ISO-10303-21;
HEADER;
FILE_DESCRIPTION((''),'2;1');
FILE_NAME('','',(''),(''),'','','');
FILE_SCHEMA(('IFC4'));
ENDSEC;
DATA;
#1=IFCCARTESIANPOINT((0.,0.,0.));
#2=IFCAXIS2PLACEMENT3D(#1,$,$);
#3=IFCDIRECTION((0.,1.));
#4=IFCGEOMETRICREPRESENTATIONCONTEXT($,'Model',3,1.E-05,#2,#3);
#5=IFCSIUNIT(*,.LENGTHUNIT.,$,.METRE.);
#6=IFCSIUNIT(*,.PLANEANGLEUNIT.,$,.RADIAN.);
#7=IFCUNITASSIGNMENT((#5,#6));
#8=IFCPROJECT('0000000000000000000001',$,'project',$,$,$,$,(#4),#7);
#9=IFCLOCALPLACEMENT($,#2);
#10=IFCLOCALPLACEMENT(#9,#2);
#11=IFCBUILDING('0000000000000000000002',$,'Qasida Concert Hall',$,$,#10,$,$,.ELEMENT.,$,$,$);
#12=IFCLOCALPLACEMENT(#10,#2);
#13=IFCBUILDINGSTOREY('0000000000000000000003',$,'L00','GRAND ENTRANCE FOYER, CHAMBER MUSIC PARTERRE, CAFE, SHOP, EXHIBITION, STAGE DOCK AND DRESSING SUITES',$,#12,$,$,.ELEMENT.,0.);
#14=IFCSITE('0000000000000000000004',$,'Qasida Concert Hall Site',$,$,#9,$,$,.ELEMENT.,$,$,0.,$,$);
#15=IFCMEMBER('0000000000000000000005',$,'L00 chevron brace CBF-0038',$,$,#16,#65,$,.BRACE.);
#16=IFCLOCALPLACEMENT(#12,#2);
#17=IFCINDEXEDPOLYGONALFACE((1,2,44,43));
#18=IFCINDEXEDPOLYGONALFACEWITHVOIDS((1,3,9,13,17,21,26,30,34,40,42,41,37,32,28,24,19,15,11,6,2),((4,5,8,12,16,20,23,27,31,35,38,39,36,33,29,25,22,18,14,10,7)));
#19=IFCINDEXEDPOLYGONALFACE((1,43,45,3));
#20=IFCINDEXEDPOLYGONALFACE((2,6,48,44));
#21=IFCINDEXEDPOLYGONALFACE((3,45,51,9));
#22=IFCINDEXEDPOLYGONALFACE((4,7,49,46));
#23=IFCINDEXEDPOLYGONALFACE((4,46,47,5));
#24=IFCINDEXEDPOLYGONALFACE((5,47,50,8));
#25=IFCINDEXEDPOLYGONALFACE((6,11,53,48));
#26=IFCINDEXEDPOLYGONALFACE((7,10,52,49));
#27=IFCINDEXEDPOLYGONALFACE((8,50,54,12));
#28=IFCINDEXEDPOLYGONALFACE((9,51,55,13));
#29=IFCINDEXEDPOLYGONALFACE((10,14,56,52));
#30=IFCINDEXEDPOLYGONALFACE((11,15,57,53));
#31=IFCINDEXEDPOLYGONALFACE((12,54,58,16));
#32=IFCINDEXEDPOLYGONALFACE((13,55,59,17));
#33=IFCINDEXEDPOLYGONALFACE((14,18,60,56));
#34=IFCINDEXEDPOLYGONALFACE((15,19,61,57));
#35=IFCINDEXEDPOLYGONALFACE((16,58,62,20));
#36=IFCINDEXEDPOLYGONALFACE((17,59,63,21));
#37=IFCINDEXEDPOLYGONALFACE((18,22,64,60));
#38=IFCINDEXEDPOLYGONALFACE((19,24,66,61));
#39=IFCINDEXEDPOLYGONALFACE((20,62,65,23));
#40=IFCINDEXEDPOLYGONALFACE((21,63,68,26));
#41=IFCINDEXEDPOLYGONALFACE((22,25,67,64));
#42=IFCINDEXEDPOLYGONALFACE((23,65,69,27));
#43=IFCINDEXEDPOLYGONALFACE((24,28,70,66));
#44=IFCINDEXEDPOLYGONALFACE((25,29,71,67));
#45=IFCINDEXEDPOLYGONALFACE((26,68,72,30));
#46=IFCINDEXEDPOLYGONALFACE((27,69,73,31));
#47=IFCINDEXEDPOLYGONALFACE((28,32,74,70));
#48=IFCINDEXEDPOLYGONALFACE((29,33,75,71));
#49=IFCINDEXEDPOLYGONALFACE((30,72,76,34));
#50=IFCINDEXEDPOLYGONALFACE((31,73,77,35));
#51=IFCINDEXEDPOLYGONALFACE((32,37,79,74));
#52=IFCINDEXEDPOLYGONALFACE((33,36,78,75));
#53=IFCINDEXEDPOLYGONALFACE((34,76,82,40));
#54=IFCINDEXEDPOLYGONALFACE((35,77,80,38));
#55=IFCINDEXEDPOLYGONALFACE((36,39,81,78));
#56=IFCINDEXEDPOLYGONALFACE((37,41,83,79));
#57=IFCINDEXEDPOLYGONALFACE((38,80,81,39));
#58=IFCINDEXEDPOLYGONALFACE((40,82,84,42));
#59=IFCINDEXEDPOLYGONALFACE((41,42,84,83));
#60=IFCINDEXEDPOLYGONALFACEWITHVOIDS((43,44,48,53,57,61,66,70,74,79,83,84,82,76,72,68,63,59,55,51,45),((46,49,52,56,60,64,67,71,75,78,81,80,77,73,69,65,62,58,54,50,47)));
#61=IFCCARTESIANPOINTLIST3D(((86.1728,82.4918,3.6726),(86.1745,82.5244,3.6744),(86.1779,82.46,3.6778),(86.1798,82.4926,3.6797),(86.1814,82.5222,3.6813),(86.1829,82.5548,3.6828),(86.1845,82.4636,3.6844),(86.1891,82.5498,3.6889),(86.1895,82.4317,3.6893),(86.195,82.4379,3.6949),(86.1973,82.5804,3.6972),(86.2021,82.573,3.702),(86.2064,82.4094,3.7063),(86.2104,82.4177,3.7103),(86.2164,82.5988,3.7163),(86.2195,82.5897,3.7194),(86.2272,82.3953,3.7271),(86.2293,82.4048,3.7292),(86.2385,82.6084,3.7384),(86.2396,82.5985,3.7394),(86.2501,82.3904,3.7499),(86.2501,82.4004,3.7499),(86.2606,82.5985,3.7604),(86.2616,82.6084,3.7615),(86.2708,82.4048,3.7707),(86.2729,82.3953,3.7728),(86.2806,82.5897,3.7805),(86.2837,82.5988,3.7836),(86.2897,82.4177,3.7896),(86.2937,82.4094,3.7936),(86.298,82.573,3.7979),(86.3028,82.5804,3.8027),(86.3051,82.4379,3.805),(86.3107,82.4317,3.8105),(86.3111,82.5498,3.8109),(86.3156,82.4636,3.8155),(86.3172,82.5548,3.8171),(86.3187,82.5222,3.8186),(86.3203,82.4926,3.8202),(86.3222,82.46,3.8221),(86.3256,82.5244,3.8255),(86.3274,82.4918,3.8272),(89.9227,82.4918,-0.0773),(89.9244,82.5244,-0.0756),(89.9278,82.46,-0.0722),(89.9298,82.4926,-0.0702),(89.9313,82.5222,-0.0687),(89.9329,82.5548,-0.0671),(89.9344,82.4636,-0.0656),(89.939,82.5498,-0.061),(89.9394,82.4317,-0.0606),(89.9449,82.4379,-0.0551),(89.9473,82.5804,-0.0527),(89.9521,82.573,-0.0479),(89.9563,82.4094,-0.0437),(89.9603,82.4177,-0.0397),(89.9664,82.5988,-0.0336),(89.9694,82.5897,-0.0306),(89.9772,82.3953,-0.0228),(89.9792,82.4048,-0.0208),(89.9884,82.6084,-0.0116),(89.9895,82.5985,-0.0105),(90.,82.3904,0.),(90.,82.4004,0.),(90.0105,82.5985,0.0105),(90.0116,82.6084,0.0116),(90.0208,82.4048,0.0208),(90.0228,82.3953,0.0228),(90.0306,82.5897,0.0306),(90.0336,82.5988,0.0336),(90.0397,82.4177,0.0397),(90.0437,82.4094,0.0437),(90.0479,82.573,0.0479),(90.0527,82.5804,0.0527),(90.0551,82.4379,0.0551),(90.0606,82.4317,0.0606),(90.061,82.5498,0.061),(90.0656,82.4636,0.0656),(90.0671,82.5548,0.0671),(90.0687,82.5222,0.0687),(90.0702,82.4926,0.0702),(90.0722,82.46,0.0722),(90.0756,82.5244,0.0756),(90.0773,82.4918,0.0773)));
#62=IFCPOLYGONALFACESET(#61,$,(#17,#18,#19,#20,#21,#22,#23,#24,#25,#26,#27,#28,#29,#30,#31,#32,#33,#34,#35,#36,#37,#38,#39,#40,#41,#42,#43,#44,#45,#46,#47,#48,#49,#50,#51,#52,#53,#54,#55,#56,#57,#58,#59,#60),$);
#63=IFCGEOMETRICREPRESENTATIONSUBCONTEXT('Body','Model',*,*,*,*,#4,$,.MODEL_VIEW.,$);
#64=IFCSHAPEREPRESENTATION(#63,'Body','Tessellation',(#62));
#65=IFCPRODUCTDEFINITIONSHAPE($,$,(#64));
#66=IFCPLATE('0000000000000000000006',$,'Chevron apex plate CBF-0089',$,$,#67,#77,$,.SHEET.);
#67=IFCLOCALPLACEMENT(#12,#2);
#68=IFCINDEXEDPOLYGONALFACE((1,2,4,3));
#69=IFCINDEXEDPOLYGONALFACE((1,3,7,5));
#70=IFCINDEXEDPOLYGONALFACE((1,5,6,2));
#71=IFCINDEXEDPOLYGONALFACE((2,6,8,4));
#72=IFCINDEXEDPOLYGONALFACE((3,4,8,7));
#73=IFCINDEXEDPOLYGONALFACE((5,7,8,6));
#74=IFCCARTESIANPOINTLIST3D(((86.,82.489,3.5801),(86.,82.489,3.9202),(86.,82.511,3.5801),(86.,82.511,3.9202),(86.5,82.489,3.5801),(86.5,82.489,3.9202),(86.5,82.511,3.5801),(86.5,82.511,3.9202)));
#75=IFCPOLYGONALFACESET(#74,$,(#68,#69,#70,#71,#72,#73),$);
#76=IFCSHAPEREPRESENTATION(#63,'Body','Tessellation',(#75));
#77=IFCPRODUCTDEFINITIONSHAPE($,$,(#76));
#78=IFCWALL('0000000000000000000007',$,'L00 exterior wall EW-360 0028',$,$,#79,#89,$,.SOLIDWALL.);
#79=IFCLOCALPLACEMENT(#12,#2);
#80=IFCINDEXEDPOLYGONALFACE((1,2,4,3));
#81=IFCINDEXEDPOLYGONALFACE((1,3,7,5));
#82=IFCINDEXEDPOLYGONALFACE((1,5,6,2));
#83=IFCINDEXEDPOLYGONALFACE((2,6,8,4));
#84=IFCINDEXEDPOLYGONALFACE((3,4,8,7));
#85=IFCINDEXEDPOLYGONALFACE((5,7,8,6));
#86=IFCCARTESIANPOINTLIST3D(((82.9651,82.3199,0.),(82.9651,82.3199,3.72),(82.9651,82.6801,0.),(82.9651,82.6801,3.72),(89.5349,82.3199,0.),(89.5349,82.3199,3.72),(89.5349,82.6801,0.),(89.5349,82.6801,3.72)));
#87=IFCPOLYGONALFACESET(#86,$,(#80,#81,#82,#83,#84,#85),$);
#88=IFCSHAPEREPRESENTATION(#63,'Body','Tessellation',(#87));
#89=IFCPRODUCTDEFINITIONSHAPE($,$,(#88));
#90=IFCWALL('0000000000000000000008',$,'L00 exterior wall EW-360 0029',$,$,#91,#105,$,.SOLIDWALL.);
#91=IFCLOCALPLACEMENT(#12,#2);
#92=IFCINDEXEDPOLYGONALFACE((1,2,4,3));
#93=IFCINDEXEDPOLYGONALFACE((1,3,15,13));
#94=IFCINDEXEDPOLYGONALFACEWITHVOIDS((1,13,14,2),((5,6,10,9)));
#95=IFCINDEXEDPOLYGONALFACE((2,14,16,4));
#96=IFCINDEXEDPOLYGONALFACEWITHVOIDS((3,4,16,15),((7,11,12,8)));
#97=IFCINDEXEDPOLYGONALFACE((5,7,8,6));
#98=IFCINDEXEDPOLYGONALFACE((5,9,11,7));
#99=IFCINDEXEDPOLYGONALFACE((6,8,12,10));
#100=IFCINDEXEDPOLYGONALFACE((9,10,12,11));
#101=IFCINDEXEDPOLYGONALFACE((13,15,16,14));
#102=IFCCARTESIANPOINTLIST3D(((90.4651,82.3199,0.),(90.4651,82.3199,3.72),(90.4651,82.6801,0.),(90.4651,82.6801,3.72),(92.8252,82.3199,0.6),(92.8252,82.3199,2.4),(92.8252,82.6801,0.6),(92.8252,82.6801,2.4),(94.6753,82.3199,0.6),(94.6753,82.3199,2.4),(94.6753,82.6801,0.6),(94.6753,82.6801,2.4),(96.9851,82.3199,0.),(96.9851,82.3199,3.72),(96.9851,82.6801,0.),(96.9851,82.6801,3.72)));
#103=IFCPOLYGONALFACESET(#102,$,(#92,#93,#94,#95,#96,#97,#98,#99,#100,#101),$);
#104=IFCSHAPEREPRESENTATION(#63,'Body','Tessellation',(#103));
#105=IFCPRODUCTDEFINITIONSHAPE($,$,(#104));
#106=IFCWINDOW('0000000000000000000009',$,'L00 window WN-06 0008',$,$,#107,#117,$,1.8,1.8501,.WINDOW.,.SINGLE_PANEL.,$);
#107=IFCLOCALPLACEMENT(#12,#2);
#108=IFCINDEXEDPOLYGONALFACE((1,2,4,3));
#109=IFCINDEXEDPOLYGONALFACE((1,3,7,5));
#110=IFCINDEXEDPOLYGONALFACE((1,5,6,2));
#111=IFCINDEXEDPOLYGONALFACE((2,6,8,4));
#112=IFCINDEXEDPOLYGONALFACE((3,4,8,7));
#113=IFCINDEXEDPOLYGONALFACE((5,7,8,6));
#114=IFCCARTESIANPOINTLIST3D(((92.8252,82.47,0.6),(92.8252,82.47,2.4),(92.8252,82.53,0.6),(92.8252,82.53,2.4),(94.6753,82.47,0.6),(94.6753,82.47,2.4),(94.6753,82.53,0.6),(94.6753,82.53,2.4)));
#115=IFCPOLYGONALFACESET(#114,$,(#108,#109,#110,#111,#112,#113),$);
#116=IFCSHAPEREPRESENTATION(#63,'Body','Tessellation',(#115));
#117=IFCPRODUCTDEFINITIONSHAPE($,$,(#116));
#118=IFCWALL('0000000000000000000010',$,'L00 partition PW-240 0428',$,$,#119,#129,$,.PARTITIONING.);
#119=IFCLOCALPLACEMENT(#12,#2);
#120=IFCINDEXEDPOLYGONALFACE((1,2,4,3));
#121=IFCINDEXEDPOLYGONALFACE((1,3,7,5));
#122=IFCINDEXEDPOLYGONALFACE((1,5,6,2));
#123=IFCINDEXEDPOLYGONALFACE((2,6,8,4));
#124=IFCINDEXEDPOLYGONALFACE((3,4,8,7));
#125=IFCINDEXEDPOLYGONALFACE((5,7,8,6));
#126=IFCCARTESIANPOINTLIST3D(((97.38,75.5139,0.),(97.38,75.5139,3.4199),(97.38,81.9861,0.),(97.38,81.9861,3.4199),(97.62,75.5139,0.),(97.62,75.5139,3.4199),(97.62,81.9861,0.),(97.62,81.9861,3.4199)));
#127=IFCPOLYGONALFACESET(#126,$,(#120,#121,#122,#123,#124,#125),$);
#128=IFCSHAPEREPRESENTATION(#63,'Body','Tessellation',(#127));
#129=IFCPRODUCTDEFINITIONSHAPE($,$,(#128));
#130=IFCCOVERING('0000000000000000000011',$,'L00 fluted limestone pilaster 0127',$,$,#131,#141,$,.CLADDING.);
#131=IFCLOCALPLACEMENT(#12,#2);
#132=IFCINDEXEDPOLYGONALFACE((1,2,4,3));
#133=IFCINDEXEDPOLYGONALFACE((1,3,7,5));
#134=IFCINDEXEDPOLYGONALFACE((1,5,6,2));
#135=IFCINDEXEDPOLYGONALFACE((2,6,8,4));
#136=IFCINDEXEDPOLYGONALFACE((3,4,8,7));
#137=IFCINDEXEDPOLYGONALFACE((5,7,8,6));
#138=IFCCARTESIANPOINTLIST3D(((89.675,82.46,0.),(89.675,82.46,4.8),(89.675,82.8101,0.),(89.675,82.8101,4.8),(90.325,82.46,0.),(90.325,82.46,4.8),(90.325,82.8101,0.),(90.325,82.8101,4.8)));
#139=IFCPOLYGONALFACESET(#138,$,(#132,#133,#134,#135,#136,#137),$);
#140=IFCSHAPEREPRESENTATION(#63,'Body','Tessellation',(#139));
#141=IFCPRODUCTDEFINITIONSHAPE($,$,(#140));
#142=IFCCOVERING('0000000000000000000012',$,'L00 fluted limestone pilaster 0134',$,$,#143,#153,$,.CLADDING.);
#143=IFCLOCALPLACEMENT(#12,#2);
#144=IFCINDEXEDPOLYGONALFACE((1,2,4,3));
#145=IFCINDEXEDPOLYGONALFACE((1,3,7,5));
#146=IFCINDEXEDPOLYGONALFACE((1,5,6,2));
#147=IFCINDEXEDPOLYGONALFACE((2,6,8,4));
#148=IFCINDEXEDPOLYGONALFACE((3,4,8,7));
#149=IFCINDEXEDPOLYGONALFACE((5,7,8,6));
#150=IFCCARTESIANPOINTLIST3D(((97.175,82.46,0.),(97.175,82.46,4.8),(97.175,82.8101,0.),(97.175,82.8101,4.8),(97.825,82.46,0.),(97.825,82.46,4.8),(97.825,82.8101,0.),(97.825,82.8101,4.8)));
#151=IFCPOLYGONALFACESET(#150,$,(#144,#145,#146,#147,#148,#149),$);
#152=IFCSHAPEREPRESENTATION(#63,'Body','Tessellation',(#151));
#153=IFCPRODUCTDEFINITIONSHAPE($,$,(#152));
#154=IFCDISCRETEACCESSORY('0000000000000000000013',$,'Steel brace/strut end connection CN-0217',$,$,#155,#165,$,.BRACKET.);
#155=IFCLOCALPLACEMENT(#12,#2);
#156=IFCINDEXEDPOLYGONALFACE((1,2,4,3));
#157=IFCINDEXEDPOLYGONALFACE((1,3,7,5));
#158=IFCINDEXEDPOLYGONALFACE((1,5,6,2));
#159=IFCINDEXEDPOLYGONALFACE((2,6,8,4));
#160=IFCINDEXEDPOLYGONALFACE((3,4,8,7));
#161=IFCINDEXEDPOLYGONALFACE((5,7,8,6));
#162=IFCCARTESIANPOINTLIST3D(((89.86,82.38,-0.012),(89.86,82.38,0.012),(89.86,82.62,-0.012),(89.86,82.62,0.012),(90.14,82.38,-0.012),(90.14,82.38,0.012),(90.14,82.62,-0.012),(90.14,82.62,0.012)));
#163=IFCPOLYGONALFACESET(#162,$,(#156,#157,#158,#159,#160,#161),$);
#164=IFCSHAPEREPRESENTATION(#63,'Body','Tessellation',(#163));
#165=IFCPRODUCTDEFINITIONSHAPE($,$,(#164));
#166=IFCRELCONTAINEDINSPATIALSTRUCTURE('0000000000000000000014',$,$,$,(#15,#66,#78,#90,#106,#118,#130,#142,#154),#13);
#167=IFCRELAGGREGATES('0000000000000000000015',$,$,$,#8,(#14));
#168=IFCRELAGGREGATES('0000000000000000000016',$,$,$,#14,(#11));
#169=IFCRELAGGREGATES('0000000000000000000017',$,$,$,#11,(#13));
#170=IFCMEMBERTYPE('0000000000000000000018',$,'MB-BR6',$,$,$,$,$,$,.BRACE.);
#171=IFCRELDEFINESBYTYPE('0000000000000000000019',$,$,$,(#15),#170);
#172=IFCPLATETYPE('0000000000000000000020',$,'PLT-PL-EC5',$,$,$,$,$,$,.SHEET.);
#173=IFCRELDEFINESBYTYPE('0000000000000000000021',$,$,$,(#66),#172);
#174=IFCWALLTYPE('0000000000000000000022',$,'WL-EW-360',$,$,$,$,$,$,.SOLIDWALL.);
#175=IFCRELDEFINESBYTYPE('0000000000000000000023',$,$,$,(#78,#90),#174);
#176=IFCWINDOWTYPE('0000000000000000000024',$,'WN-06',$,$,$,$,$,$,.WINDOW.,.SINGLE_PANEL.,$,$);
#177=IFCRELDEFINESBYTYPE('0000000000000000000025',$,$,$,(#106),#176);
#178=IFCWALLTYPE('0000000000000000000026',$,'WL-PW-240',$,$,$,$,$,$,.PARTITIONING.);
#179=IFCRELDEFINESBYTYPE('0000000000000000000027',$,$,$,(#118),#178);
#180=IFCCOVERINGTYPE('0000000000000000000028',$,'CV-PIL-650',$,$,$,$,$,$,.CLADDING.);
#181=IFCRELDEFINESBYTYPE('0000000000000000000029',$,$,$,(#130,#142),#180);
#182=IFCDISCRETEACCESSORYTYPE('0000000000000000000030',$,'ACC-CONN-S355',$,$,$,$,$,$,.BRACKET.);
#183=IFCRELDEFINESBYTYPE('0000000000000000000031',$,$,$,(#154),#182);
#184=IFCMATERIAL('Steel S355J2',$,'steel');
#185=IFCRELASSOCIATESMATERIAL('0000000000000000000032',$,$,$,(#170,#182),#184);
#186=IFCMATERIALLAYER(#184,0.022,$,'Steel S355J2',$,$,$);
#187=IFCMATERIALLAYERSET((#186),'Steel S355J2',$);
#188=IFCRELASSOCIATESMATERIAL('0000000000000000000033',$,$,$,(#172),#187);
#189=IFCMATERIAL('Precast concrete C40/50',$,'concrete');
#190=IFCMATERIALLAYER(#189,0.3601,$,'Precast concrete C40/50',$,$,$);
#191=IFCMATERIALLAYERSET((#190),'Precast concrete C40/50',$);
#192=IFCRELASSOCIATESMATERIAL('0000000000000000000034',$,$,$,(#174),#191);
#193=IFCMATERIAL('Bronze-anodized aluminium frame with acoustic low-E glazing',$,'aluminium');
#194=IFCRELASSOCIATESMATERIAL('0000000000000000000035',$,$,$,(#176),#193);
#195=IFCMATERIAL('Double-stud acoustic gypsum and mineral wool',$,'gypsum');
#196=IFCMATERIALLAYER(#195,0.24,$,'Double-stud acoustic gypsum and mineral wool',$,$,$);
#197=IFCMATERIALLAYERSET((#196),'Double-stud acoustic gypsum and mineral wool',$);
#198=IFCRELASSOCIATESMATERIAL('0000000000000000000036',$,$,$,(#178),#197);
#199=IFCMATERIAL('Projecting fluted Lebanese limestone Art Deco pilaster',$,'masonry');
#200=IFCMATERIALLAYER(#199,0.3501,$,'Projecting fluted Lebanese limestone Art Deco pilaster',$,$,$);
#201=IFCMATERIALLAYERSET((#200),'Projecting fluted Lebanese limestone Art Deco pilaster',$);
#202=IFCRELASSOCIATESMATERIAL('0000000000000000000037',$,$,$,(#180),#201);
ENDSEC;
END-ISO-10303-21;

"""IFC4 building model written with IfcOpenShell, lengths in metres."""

from ifc_helpers import new_model, si_unit, direction, frame, frame_2d, origin, origin_2d, place, context, subcontext, project, spatial, rectangle, hollow_circle, extrude, material, layer, layer_set, material_profile, profile_set, type_object, element, fill, save


model = new_model("IFC4")

# Units and contexts
model_context = context("Model", 3, precision=1e-05, world=origin(), true_north=direction((0.0, 1.0)))
body_context = subcontext(model_context, "Body", "Model", "MODEL_VIEW")
ifc_project = project(units=[si_unit("LENGTHUNIT", "METRE"), si_unit("PLANEANGLEUNIT", "RADIAN")], contexts=[model_context])

# Site, building, storey
site_placement = place(None, origin())
site = spatial("IfcSite", under=ifc_project, at=site_placement, Name="Qasida Concert Hall Site", CompositionType="ELEMENT", RefElevation=0.0)
building_placement = place(site_placement, origin())
building = spatial("IfcBuilding", under=site, at=building_placement, Name="Qasida Concert Hall", CompositionType="ELEMENT")
storey_placement = place(building_placement, origin())
storey = spatial("IfcBuildingStorey", under=building, at=storey_placement, Name="L00", Description="GRAND ENTRANCE FOYER, CHAMBER MUSIC PARTERRE, CAFE, SHOP, EXHIBITION, STAGE DOCK AND DRESSING SUITES", CompositionType="ELEMENT", Elevation=0.0)

# Shared definitions
ifc_material_1 = material(Name="Steel S355J2", Category="steel")

# Member
ifc_material_profile_1 = material_profile(ifc_material_1, hollow_circle(Radius=0.1096, WallThickness=0.01, at=origin_2d()), Name="CHS 219.1x10")
ifc_profile_set_1 = profile_set([ifc_material_profile_1], Name="Steel S355J2")
member_type = type_object("IfcMemberType", Name="MB-BR6", PredefinedType="BRACE", material=ifc_profile_set_1)
member_placement = place(storey_placement, frame((90.0, 82.5, 0.0), z_axis=(-0.707107, 0.0, 0.707107), x_axis=(0.0, -1.0, 0.0)))
element("IfcMember", 1, at=member_placement, inside=storey, type_object=member_type, Name="L00 chevron brace CBF-0038", PredefinedType="BRACE", context=body_context, shape_type="SweptSolid", body=[
    extrude(hollow_circle(Radius=0.1096, WallThickness=0.01, at=origin_2d()), origin(), (0.0, 0.0, 1.0), 5.3032),
])

# Plate
ifc_layer_1 = layer(ifc_material_1, 0.022, Name="Steel S355J2")
ifc_layer_set_1 = layer_set([ifc_layer_1], Name="Steel S355J2")
plate_type = type_object("IfcPlateType", Name="PLT-PL-EC5", PredefinedType="SHEET", material=ifc_layer_set_1)
plate_placement = place(storey_placement, frame((86.25, 82.5, 3.5801), z_axis=(0.0, 0.0, 1.0), x_axis=(1.0, 0.0, 0.0)))
element("IfcPlate", 2, at=plate_placement, inside=storey, type_object=plate_type, Name="Chevron apex plate CBF-0089", PredefinedType="SHEET", context=body_context, shape_type="SweptSolid", body=[
    extrude(rectangle(XDim=0.5, YDim=0.022, at=origin_2d()), origin(), (0.0, 0.0, 1.0), 0.3401),
])

# Wall
ifc_material_2 = material(Name="Precast concrete C40/50", Category="concrete")
ifc_layer_2 = layer(ifc_material_2, 0.3601, Name="Precast concrete C40/50")
ifc_layer_set_2 = layer_set([ifc_layer_2], Name="Precast concrete C40/50")
wall_type_1 = type_object("IfcWallType", Name="WL-EW-360", PredefinedType="SOLIDWALL", material=ifc_layer_set_2)
wall_1_placement = place(storey_placement, frame((82.9651, 82.5, 0.0), z_axis=(0.0, 0.0, 1.0), x_axis=(1.0, 0.0, 0.0)))
element("IfcWall", 3, at=wall_1_placement, inside=storey, type_object=wall_type_1, Name="L00 exterior wall EW-360 0028", PredefinedType="SOLIDWALL", context=body_context, shape_type="SweptSolid", body=[
    extrude(rectangle(XDim=6.5698, YDim=0.3601, at=frame_2d((3.2849, 0.0))), origin(), (0.0, 0.0, 1.0), 3.72),
])

# Wall, opening, window
wall_2_placement = place(storey_placement, frame((90.4651, 82.5, 0.0), z_axis=(0.0, 0.0, 1.0), x_axis=(1.0, 0.0, 0.0)))
wall_2 = element("IfcWall", 4, at=wall_2_placement, inside=storey, type_object=wall_type_1, Name="L00 exterior wall EW-360 0029", PredefinedType="SOLIDWALL", context=body_context, shape_type="SweptSolid", body=[
    extrude(rectangle(XDim=6.52, YDim=0.3601, at=frame_2d((3.26, 0.0))), origin(), (0.0, 0.0, 1.0), 3.72),
])
opening_1_placement = place(wall_2_placement, frame((2.3601, 0.0, 0.6001)))
opening_1 = element("IfcOpeningElement", 5, at=opening_1_placement, cuts=wall_2, PredefinedType="OPENING", context=body_context, shape_type="SweptSolid", body=[
    extrude(rectangle(XDim=1.8501, YDim=1.8, at=frame_2d((0.925, 0.8999))), frame((0.0, 0.1899, 0.0), z_axis=(0.0, -1.0, 0.0), x_axis=(1.0, 0.0, 0.0)), (0.0, 0.0, 1.0), 0.3801),
])
ifc_material_3 = material(Name="Bronze-anodized aluminium frame with acoustic low-E glazing", Category="aluminium")
window_type = type_object("IfcWindowType", Name="WN-06", PartitioningType="SINGLE_PANEL", PredefinedType="WINDOW", material=ifc_material_3)
window_placement = place(opening_1_placement, origin())
window = element("IfcWindow", 6, at=window_placement, inside=storey, type_object=window_type, Name="L00 window WN-06 0008", OverallHeight=1.8, OverallWidth=1.8501, PartitioningType="SINGLE_PANEL", PredefinedType="WINDOW", context=body_context, shape_type="SweptSolid", body=[
    extrude(rectangle(XDim=1.8501, YDim=1.8, at=frame_2d((0.925, 0.8999))), frame((0.0, 0.03, 0.0), z_axis=(0.0, -1.0, 0.0), x_axis=(1.0, 0.0, 0.0)), (0.0, 0.0, 1.0), 0.0601),
])
fill(opening_1, window)

# Shared definitions
ifc_material_4 = material(Name="Double-stud acoustic gypsum and mineral wool", Category="gypsum")
ifc_layer_3 = layer(ifc_material_4, 0.24, Name="Double-stud acoustic gypsum and mineral wool")
ifc_layer_set_3 = layer_set([ifc_layer_3], Name="Double-stud acoustic gypsum and mineral wool")
wall_type_2 = type_object("IfcWallType", Name="WL-PW-240", PredefinedType="PARTITIONING", material=ifc_layer_set_3)

# Wall
wall_3_placement = place(storey_placement, frame((97.5, 75.5139, 0.0), z_axis=(0.0, 0.0, 1.0), x_axis=(0.0, 1.0, 0.0)))
element("IfcWall", 7, at=wall_3_placement, inside=storey, type_object=wall_type_2, Name="L00 partition PW-240 0428", PredefinedType="PARTITIONING", context=body_context, shape_type="SweptSolid", body=[
    extrude(rectangle(XDim=6.4722, YDim=0.24, at=frame_2d((3.2361, 0.0))), origin(), (0.0, 0.0, 1.0), 3.4199),
])

# Coverings
ifc_material_5 = material(Name="Projecting fluted Lebanese limestone Art Deco pilaster", Category="masonry")
ifc_layer_4 = layer(ifc_material_5, 0.3501, Name="Projecting fluted Lebanese limestone Art Deco pilaster")
ifc_layer_set_4 = layer_set([ifc_layer_4], Name="Projecting fluted Lebanese limestone Art Deco pilaster")
covering_type = type_object("IfcCoveringType", Name="CV-PIL-650", PredefinedType="CLADDING", material=ifc_layer_set_4)
for number, where, z_axis, x_axis, name in (
    (8, (90.0, 82.635, 0.0), (0.0, 0.0, 1.0), (1.0, 0.0, 0.0), "L00 fluted limestone pilaster 0127"),
    (9, (97.5, 82.635, 0.0), (0.0, 0.0, 1.0), (1.0, 0.0, 0.0), "L00 fluted limestone pilaster 0134"),
):
    element("IfcCovering", number, at=place(storey_placement, frame(where, z_axis=z_axis, x_axis=x_axis)), inside=storey, type_object=covering_type, Name=name, PredefinedType="CLADDING", context=body_context, shape_type="SweptSolid", body=[
        extrude(rectangle(XDim=0.6499, YDim=0.3501, at=origin_2d()), origin(), (0.0, 0.0, 1.0), 4.8),
    ])

# Discrete accessory
discrete_accessory_type = type_object("IfcDiscreteAccessoryType", Name="ACC-CONN-S355", PredefinedType="BRACKET", material=ifc_material_1)
discrete_accessory_placement = place(storey_placement, frame((90.0, 82.5, -0.012), z_axis=(0.0, 0.0, 1.0), x_axis=(1.0, 0.0, 0.0)))
element("IfcDiscreteAccessory", 10, at=discrete_accessory_placement, inside=storey, type_object=discrete_accessory_type, Name="Steel brace/strut end connection CN-0217", PredefinedType="BRACKET", context=body_context, shape_type="SweptSolid", body=[
    extrude(rectangle(XDim=0.28, YDim=0.24, at=origin_2d()), origin(), (0.0, 0.0, 1.0), 0.0239),
])

save(model, "model.ifc")
